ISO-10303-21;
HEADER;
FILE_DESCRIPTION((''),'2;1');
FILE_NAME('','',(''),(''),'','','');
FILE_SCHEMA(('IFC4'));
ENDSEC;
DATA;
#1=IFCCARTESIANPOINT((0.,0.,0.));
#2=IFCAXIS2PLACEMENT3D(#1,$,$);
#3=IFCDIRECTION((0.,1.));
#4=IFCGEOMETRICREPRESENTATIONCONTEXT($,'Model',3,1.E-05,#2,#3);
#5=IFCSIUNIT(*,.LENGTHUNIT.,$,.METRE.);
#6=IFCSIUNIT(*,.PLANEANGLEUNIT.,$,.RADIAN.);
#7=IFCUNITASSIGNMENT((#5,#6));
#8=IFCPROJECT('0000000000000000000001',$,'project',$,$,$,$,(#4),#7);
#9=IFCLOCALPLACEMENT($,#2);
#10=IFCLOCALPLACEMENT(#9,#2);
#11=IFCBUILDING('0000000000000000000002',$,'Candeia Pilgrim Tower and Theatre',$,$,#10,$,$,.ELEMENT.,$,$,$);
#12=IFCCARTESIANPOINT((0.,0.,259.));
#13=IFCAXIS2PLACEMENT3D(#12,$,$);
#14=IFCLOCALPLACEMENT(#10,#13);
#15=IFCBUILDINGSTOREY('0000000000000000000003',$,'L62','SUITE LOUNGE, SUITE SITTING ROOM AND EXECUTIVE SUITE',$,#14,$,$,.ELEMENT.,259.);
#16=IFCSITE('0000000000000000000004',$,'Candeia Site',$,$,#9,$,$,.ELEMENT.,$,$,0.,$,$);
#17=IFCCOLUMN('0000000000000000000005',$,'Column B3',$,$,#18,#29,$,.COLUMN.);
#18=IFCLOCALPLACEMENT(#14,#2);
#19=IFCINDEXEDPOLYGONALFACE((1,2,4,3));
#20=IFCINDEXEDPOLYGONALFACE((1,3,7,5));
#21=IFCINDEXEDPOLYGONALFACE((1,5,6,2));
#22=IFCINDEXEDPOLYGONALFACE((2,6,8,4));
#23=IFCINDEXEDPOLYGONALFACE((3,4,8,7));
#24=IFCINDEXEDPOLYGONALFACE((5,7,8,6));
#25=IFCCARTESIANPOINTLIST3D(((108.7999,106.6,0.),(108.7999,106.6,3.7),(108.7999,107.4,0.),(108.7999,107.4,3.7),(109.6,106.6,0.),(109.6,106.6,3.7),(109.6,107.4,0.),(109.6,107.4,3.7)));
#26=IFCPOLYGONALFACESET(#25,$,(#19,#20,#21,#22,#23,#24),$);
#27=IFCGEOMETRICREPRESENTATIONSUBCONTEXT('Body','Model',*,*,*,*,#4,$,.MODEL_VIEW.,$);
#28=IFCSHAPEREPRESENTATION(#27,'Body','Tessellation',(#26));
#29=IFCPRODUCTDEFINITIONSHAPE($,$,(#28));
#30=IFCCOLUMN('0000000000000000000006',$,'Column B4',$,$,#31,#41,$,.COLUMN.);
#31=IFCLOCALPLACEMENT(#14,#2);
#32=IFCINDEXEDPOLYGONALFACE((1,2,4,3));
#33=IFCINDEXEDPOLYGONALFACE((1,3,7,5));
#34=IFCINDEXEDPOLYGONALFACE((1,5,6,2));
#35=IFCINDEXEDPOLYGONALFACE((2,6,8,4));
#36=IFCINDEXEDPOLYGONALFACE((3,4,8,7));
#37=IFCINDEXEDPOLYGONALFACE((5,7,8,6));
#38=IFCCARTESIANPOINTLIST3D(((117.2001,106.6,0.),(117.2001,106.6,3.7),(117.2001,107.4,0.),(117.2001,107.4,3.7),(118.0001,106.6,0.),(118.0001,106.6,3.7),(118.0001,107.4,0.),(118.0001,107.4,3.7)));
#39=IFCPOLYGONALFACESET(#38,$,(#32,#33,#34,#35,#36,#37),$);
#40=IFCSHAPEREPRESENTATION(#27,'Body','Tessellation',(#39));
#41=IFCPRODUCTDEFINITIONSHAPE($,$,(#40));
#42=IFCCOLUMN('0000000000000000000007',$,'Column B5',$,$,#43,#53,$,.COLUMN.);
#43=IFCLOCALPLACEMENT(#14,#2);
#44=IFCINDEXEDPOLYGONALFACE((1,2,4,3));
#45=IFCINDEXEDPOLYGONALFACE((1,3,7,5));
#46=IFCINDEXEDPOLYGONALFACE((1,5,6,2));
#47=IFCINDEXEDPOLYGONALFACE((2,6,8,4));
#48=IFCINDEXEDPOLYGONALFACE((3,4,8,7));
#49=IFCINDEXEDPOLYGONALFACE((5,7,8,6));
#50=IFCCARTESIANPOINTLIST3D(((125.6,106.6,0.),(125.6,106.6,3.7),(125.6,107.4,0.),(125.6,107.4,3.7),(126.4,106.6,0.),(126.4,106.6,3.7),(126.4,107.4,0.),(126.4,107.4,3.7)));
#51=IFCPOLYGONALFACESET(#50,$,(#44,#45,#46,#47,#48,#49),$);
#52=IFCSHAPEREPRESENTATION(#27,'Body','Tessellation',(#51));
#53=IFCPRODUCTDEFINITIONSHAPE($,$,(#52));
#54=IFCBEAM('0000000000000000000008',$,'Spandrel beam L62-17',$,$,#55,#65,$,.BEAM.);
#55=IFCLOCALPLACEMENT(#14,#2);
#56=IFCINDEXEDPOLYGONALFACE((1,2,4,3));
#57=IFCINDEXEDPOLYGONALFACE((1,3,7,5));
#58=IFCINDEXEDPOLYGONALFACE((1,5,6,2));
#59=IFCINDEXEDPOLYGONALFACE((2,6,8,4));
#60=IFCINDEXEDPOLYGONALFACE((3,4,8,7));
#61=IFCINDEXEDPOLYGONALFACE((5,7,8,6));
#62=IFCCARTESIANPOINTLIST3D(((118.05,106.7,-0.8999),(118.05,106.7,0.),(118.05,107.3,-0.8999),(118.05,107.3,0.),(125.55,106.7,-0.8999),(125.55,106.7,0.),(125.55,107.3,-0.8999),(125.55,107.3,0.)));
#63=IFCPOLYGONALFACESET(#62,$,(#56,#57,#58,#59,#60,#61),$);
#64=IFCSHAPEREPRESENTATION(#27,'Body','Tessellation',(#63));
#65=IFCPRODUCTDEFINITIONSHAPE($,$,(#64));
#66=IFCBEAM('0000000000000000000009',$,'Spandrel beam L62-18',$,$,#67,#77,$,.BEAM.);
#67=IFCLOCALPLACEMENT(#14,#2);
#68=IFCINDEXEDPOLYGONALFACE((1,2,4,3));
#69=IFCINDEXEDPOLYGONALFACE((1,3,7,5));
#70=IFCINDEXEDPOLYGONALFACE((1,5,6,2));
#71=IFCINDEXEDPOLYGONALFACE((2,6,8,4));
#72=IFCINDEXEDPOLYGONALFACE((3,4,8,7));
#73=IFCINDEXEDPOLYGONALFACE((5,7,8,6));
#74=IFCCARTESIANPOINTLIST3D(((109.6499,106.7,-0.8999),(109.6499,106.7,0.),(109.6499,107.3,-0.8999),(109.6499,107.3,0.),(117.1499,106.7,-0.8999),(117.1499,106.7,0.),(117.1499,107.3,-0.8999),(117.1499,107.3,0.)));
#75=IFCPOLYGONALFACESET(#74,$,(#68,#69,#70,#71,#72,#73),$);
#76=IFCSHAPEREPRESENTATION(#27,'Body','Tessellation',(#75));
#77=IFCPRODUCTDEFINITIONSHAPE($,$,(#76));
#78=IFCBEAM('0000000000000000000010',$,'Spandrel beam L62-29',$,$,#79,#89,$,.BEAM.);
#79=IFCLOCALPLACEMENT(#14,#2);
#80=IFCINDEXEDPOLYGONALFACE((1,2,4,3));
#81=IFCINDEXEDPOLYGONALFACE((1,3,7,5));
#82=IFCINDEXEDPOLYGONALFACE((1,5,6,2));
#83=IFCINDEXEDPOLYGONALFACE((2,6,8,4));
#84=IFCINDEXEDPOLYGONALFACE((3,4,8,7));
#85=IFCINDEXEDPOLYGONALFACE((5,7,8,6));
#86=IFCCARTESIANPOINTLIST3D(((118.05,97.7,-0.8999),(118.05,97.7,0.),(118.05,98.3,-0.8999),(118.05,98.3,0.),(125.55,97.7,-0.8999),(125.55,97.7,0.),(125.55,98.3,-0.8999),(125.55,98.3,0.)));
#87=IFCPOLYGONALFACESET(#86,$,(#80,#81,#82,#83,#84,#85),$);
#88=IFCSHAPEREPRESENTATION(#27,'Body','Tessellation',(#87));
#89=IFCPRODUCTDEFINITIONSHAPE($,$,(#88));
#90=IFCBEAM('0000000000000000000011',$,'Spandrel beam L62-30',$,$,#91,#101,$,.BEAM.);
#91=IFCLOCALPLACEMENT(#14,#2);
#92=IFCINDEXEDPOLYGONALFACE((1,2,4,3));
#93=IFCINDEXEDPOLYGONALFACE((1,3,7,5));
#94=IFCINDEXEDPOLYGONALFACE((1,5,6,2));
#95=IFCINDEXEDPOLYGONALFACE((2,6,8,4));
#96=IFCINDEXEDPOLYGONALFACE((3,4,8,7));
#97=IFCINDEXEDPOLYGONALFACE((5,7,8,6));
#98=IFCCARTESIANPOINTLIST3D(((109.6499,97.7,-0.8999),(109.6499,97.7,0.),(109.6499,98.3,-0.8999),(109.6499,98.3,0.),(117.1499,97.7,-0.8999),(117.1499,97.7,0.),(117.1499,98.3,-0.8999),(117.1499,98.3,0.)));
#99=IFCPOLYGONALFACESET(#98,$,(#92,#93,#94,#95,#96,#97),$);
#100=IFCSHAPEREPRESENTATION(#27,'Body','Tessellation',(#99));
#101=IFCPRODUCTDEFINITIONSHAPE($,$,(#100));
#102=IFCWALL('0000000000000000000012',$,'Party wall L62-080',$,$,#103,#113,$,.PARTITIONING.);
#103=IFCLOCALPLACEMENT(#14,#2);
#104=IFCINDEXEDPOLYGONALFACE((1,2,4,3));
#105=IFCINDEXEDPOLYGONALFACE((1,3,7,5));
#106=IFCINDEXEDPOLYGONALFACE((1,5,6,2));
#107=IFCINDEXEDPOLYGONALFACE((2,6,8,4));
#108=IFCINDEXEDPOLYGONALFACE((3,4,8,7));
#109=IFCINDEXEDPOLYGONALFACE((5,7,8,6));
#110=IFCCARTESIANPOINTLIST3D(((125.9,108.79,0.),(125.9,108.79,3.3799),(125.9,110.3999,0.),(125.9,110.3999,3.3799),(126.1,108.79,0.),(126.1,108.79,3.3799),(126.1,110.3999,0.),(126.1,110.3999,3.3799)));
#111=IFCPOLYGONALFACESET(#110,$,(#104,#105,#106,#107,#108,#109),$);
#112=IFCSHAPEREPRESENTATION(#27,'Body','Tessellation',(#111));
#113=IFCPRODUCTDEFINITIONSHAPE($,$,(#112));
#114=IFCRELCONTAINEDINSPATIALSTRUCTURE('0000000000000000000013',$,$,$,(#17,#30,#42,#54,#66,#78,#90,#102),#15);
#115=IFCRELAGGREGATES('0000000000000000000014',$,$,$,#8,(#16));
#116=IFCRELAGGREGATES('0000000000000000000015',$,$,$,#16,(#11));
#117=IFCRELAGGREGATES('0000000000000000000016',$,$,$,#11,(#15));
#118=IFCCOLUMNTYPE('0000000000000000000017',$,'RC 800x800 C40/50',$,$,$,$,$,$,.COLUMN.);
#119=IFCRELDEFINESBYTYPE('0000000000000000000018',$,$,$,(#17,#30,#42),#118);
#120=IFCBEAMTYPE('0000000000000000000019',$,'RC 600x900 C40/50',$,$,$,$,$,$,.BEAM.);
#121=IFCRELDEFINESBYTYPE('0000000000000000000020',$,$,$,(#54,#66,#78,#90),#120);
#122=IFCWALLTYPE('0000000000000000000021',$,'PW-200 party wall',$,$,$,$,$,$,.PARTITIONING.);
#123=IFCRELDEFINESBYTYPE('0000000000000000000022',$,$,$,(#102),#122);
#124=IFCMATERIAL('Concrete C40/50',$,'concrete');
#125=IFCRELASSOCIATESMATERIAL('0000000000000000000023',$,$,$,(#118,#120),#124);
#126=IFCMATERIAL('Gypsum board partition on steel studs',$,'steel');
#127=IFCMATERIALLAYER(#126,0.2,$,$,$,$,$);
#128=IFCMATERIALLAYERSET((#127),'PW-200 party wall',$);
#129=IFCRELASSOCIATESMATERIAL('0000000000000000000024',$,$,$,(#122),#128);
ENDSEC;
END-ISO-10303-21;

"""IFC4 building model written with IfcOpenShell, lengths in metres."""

from ifc_helpers import new_model, si_unit, direction, frame, frame_2d, origin, origin_2d, place, context, subcontext, project, spatial, rectangle, extrude, material, layer, layer_set, material_profile, profile_set, type_object, element, save


model = new_model("IFC4")

# Units and contexts
model_context = context("Model", 3, precision=1e-05, world=origin(), true_north=direction((0.0, 1.0)))
body_context = subcontext(model_context, "Body", "Model", "MODEL_VIEW")
ifc_project = project(units=[si_unit("LENGTHUNIT", "METRE"), si_unit("PLANEANGLEUNIT", "RADIAN")], contexts=[model_context])

# Site, building, storey
site_placement = place(None, origin())
site = spatial("IfcSite", under=ifc_project, at=site_placement, Name="Candeia Site", CompositionType="ELEMENT", RefElevation=0.0)
building_placement = place(site_placement, origin())
building = spatial("IfcBuilding", under=site, at=building_placement, Name="Candeia Pilgrim Tower and Theatre", CompositionType="ELEMENT")
storey_placement = place(building_placement, frame((0.0, 0.0, 259.0)))
storey = spatial("IfcBuildingStorey", under=building, at=storey_placement, Name="L62", Description="SUITE LOUNGE, SUITE SITTING ROOM AND EXECUTIVE SUITE", CompositionType="ELEMENT", Elevation=259.0)

# Columns
ifc_material_1 = material(Name="Concrete C40/50", Category="concrete")
ifc_material_profile_1 = material_profile(ifc_material_1, rectangle(XDim=0.8, YDim=0.8, at=origin_2d()))
ifc_profile_set_1 = profile_set([ifc_material_profile_1], Name="Concrete C40/50")
column_type = type_object("IfcColumnType", Name="RC 800x800 C40/50", PredefinedType="COLUMN", material=ifc_profile_set_1)
for number, where, z_axis, x_axis, name in (
    (1, (109.2, 107.0, 0.0), (0.0, 0.0, 1.0), (1.0, 0.0, 0.0), "Column B3"),
    (2, (117.6001, 107.0, 0.0), (0.0, 0.0, 1.0), (1.0, 0.0, 0.0), "Column B4"),
    (3, (126.0, 107.0, 0.0), (0.0, 0.0, 1.0), (1.0, 0.0, 0.0), "Column B5"),
):
    element("IfcColumn", number, at=place(storey_placement, frame(where, z_axis=z_axis, x_axis=x_axis)), inside=storey, type_object=column_type, Name=name, PredefinedType="COLUMN", context=body_context, shape_type="SweptSolid", body=[
        extrude(rectangle(XDim=0.8, YDim=0.8, at=origin_2d()), origin(), (0.0, 0.0, 1.0), 3.7),
    ])

# Beams
ifc_material_profile_2 = material_profile(ifc_material_1, rectangle(XDim=0.6001, YDim=0.8999, at=origin_2d()))
ifc_profile_set_2 = profile_set([ifc_material_profile_2], Name="Concrete C40/50")
beam_type = type_object("IfcBeamType", Name="RC 600x900 C40/50", PredefinedType="BEAM", material=ifc_profile_set_2)
for number, where, z_axis, x_axis, name in (
    (4, (125.55, 107.0, -0.45), (-1.0, 0.0, 0.0), (0.0, -1.0, 0.0), "Spandrel beam L62-17"),
    (5, (117.1499, 107.0, -0.45), (-1.0, 0.0, 0.0), (0.0, -1.0, 0.0), "Spandrel beam L62-18"),
    (6, (125.55, 98.0, -0.45), (-1.0, 0.0, 0.0), (0.0, -1.0, 0.0), "Spandrel beam L62-29"),
    (7, (117.1499, 98.0, -0.45), (-1.0, 0.0, 0.0), (0.0, -1.0, 0.0), "Spandrel beam L62-30"),
):
    element("IfcBeam", number, at=place(storey_placement, frame(where, z_axis=z_axis, x_axis=x_axis)), inside=storey, type_object=beam_type, Name=name, PredefinedType="BEAM", context=body_context, shape_type="SweptSolid", body=[
        extrude(rectangle(XDim=0.6001, YDim=0.8999, at=origin_2d()), origin(), (0.0, 0.0, 1.0), 7.5),
    ])

# Wall
ifc_material_2 = material(Name="Gypsum board partition on steel studs", Category="steel")
ifc_layer_1 = layer(ifc_material_2, 0.2)
ifc_layer_set_1 = layer_set([ifc_layer_1], Name="PW-200 party wall")
wall_type_1 = type_object("IfcWallType", Name="PW-200 party wall", PredefinedType="PARTITIONING", material=ifc_layer_set_1)
wall_1_placement = place(storey_placement, frame((126.0, 108.79, 0.0), z_axis=(0.0, 0.0, 1.0), x_axis=(0.0, 1.0, 0.0)))
element("IfcWall", 8, at=wall_1_placement, inside=storey, type_object=wall_type_1, Name="Party wall L62-080", PredefinedType="PARTITIONING", context=body_context, shape_type="SweptSolid", body=[
    extrude(rectangle(XDim=1.6099, YDim=0.2, at=frame_2d((0.8049, 0.0))), origin(), (0.0, 0.0, 1.0), 3.3799),
])

save(model, "model.ifc")
